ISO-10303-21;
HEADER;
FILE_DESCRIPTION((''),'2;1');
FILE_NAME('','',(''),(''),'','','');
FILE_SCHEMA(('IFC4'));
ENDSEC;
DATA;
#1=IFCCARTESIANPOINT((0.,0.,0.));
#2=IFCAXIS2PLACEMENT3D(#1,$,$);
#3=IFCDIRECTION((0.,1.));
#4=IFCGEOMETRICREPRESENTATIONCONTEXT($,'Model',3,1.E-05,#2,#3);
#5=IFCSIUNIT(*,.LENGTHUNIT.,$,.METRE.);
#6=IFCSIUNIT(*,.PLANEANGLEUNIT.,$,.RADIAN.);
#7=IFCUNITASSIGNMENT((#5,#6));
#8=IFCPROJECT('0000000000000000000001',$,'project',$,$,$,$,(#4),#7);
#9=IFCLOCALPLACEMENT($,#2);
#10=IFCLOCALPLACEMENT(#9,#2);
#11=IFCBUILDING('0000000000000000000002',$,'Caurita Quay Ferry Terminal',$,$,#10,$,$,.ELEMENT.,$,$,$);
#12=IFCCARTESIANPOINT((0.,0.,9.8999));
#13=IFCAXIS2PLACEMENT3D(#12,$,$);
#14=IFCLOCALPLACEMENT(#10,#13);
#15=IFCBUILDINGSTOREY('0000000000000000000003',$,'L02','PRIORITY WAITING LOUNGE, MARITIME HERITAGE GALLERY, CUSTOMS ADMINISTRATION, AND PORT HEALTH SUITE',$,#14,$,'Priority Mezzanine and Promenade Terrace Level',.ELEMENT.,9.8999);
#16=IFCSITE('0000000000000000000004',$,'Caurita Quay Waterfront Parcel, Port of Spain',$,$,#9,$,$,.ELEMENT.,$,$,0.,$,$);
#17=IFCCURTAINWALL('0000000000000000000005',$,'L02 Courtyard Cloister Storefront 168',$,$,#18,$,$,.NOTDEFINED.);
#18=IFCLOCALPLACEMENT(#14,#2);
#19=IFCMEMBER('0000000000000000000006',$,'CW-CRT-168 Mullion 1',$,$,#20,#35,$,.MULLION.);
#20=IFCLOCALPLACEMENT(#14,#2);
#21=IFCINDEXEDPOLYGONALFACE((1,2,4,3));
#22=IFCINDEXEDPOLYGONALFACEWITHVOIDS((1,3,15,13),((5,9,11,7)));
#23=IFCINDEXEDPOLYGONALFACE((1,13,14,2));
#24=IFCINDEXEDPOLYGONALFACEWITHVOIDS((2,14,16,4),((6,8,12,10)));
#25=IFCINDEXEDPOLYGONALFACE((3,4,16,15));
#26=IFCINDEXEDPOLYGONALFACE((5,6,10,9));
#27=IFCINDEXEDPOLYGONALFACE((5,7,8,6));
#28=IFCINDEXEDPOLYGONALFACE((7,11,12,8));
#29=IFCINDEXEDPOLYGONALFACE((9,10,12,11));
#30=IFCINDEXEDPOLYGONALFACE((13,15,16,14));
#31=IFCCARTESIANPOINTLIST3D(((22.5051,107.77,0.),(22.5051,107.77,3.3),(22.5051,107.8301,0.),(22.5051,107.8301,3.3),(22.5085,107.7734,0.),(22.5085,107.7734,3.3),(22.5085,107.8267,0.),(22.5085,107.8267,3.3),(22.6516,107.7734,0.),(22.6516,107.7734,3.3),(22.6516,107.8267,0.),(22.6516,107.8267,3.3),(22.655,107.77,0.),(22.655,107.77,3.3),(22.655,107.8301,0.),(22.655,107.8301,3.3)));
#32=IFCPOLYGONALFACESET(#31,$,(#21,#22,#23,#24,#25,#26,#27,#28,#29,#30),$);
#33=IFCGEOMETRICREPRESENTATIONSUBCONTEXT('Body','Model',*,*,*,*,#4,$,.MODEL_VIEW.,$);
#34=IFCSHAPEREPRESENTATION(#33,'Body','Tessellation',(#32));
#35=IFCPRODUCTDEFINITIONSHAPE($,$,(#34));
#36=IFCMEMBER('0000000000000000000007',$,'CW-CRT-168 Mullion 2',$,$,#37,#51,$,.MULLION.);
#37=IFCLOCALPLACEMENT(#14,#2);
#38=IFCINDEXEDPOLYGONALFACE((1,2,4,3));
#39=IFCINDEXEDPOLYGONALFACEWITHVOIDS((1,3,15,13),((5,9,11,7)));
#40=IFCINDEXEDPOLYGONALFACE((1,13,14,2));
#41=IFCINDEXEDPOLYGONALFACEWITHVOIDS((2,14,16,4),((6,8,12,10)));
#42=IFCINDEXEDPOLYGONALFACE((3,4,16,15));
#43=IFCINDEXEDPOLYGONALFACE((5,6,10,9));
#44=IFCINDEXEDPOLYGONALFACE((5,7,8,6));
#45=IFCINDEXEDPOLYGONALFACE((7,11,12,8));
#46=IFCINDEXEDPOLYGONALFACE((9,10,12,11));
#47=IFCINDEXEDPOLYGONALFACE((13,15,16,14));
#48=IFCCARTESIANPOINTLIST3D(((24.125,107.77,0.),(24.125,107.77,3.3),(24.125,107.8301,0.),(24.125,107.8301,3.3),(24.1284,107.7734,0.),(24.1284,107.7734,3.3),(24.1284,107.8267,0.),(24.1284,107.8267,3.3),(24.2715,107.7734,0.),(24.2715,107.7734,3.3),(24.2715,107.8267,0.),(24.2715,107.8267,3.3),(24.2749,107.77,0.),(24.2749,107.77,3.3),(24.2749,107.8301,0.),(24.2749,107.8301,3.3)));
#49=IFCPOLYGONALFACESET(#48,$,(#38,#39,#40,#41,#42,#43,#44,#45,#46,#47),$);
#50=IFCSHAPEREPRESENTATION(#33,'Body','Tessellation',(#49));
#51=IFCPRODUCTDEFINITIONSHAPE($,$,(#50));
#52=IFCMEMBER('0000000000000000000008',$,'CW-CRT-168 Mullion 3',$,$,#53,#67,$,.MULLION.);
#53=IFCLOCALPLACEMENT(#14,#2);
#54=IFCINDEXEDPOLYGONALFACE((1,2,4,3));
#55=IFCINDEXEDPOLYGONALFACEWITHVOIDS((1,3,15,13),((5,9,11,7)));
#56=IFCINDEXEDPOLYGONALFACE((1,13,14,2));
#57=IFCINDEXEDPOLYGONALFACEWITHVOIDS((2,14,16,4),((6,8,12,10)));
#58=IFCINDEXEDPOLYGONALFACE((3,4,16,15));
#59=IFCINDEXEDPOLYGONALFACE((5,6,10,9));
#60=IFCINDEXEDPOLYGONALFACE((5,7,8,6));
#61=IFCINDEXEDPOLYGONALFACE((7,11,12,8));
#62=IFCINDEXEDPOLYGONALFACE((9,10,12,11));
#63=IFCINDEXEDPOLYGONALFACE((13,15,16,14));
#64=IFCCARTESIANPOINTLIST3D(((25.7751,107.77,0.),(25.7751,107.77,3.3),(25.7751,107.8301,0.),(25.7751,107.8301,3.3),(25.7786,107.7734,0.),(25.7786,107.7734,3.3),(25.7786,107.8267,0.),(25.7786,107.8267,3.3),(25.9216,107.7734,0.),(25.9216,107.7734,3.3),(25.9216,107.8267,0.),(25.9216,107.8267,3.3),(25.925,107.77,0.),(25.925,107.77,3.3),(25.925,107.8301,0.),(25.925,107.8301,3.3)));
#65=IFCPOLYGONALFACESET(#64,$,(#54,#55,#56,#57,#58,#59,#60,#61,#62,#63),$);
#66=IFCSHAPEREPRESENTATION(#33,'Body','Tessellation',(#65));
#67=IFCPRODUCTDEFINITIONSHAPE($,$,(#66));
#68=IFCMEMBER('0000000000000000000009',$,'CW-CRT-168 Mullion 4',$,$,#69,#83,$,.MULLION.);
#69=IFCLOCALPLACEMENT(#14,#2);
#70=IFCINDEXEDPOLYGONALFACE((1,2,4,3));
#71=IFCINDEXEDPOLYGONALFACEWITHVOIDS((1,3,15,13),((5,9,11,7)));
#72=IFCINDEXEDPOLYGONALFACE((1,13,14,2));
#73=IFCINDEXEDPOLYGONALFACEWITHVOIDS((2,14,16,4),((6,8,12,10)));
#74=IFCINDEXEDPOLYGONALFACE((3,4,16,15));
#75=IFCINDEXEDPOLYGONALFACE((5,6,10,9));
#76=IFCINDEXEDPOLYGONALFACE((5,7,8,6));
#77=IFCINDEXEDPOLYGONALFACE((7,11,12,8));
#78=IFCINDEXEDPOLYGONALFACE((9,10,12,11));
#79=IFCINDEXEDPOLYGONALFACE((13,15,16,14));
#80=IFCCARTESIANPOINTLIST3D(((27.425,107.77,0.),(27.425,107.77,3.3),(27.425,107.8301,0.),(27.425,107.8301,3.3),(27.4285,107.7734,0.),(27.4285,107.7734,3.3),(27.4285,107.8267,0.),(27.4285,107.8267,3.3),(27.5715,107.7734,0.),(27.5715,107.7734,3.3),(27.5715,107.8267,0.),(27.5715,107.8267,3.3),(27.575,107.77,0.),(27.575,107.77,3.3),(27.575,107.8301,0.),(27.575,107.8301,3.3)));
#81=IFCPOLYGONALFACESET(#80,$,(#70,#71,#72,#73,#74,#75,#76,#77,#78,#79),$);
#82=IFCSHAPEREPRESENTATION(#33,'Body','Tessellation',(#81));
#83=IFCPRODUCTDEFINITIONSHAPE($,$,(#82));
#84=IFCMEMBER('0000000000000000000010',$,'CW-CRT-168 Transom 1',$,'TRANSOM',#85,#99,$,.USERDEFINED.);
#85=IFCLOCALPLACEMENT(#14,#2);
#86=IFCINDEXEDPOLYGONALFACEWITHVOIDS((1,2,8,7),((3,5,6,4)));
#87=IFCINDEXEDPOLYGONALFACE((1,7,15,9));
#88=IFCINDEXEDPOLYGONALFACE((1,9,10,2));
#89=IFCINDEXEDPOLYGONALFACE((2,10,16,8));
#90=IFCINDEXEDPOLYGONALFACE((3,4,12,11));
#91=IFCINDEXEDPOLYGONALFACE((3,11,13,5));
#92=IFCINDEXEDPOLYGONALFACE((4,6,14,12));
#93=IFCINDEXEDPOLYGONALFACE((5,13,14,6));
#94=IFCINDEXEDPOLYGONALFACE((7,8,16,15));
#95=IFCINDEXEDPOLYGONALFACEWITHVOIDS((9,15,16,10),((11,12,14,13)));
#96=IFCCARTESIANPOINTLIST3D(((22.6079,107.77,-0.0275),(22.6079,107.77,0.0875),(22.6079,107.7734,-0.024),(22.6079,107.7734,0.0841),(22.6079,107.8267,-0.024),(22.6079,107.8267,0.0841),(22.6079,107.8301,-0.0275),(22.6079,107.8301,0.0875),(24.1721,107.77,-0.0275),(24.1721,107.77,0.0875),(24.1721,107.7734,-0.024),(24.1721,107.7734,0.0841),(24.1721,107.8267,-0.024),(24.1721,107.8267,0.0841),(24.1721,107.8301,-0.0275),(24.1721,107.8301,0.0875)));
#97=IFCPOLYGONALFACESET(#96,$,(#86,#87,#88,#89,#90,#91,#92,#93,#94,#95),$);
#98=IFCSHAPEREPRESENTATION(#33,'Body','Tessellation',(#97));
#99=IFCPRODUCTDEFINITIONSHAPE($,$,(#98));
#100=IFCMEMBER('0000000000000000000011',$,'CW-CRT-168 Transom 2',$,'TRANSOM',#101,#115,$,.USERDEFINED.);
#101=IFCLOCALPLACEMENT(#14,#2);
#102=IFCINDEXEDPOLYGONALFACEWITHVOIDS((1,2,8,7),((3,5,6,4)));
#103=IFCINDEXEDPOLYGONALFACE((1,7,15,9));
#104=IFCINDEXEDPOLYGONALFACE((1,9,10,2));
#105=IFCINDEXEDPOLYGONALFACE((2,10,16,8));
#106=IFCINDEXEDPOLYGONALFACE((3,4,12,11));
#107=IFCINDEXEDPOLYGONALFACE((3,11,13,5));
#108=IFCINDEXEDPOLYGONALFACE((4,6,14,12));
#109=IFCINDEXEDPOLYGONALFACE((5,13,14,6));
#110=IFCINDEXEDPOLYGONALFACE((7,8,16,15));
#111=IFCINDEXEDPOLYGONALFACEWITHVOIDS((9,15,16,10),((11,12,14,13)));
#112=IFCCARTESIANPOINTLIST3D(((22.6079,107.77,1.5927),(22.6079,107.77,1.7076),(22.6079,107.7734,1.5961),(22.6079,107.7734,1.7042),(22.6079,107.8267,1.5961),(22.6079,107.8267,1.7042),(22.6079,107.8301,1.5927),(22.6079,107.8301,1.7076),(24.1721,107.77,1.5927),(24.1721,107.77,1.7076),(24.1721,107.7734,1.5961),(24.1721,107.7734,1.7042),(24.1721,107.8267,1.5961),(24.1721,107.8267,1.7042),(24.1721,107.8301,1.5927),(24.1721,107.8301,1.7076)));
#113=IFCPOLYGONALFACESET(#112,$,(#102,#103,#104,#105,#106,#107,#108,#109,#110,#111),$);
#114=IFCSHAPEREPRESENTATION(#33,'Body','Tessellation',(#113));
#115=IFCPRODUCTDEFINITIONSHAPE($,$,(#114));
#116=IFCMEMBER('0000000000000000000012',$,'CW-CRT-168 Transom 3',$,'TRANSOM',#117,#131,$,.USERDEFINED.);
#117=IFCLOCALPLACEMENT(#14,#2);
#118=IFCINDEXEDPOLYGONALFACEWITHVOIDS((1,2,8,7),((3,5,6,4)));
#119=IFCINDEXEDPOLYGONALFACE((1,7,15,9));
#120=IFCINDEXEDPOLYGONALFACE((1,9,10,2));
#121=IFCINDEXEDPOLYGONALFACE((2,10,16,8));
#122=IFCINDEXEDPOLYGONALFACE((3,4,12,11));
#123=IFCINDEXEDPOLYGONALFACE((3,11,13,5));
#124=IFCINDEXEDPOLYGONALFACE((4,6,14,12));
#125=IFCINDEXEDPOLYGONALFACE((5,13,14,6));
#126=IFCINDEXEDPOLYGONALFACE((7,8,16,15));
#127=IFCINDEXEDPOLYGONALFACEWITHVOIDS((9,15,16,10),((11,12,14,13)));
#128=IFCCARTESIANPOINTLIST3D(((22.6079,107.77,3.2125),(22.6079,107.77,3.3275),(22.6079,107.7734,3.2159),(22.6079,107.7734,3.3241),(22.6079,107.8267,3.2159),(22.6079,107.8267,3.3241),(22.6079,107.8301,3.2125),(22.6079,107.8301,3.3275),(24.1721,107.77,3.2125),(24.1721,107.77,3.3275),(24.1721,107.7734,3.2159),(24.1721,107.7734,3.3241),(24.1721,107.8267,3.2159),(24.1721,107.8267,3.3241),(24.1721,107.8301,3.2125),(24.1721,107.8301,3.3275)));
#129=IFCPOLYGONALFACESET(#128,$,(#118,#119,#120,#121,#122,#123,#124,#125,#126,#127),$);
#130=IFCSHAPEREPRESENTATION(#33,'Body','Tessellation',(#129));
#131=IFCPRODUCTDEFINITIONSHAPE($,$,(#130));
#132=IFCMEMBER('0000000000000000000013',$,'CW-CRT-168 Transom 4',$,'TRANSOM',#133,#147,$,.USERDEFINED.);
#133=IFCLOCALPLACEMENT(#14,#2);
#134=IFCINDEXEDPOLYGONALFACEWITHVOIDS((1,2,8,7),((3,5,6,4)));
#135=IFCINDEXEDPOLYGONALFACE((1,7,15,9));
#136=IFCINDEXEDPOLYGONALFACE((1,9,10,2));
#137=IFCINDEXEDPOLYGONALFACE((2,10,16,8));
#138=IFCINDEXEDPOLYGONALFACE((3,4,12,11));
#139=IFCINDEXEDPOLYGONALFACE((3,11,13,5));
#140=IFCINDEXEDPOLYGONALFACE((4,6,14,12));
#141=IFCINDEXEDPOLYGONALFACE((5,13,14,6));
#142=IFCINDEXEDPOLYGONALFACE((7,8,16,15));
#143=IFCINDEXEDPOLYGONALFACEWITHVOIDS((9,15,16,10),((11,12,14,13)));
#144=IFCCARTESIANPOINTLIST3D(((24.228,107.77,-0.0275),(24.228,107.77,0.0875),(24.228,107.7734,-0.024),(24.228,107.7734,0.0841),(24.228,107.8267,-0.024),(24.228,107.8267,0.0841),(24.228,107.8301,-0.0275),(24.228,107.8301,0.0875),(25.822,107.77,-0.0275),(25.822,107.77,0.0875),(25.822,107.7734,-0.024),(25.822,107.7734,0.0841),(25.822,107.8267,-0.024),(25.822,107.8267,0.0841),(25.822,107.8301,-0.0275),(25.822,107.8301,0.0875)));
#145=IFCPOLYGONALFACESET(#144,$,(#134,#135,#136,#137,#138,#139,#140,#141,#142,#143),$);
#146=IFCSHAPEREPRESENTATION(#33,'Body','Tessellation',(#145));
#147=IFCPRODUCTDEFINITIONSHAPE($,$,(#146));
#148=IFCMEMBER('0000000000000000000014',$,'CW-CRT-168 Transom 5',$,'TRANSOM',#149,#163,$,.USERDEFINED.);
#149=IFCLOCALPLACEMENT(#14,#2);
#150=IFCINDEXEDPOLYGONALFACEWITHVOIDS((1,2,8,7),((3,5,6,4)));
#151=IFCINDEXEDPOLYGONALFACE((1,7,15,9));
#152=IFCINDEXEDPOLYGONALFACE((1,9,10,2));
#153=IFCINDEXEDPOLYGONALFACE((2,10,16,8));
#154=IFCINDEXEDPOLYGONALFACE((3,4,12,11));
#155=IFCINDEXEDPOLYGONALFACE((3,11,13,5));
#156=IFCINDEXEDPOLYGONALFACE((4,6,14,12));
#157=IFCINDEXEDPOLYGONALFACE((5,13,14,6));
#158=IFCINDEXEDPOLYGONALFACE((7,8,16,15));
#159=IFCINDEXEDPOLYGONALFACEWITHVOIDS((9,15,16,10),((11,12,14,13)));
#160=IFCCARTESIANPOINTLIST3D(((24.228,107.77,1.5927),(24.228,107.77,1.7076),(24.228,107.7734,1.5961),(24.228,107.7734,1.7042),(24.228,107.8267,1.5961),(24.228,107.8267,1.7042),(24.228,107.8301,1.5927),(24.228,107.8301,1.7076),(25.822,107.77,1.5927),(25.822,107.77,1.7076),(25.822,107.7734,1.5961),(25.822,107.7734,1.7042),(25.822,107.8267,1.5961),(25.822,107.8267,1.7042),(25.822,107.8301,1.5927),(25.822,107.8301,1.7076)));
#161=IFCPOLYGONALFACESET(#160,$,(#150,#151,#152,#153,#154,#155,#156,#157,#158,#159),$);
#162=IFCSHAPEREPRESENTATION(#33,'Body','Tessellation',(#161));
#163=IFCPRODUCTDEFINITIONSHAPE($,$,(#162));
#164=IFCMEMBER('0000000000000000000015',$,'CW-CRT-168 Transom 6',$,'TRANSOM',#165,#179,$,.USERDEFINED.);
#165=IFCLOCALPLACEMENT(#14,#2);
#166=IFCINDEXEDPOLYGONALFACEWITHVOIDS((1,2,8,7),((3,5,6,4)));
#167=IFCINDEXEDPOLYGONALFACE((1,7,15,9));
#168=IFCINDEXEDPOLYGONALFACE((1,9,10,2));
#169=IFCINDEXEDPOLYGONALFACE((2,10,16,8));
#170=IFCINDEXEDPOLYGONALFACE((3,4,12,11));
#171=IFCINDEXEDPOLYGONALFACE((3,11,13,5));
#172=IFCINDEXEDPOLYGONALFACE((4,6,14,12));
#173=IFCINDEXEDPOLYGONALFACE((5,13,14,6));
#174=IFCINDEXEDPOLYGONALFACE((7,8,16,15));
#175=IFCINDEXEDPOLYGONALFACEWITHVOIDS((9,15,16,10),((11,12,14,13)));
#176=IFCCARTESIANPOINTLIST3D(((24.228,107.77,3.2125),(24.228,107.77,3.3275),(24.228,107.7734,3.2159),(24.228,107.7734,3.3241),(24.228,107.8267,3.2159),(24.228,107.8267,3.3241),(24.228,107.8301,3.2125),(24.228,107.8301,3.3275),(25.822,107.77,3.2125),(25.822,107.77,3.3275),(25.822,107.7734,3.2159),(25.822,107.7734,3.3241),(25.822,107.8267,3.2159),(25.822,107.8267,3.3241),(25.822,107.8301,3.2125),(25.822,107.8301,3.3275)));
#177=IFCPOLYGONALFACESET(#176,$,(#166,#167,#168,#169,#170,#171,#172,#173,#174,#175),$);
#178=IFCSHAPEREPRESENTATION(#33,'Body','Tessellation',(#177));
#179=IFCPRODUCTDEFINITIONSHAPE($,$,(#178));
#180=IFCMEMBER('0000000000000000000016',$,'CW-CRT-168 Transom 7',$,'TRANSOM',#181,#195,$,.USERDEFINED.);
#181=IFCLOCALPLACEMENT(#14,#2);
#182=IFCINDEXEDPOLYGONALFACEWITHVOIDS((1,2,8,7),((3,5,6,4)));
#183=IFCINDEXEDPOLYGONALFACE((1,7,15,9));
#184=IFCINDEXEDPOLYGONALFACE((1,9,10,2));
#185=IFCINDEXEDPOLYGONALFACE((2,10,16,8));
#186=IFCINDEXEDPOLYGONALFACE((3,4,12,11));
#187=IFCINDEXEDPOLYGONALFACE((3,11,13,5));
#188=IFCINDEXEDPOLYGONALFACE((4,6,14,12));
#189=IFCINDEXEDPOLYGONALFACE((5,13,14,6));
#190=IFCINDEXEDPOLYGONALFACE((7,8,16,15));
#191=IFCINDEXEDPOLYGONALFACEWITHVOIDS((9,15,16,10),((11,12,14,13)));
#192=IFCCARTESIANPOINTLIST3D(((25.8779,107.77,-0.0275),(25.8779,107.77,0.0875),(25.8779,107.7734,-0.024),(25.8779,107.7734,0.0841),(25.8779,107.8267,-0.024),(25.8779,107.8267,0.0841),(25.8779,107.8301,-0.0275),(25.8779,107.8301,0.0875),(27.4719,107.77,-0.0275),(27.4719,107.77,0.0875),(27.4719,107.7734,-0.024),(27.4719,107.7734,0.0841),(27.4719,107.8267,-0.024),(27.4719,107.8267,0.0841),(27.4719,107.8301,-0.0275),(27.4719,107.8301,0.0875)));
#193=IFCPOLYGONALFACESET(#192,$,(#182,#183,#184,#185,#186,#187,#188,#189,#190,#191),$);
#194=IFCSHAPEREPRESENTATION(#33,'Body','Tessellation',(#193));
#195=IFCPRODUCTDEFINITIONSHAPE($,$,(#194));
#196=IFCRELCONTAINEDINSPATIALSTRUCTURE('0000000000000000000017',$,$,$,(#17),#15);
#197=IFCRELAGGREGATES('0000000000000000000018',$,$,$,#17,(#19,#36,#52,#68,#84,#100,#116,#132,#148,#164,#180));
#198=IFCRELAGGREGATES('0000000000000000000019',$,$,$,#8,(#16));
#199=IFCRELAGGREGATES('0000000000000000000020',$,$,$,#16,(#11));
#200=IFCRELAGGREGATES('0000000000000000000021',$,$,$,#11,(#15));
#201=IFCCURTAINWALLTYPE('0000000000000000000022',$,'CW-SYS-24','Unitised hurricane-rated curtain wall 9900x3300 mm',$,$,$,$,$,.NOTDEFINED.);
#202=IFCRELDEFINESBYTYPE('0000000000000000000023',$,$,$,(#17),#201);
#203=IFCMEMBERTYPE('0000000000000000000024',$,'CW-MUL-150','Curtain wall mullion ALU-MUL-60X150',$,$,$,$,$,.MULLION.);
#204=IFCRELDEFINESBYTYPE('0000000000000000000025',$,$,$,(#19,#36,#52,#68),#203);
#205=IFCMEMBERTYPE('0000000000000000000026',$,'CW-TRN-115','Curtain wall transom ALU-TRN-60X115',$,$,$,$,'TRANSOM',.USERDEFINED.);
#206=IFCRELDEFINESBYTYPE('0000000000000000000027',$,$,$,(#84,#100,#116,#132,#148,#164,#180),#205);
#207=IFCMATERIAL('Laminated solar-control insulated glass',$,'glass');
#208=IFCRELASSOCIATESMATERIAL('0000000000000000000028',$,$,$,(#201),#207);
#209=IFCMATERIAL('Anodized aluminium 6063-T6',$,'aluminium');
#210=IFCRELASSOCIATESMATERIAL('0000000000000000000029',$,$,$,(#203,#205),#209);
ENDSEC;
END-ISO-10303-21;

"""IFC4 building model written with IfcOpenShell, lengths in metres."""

from ifc_helpers import new_model, si_unit, direction, frame, origin, origin_2d, place, context, subcontext, project, spatial, hollow_rectangle, extrude, material, material_profile, profile_set, type_object, element, aggregate, save


model = new_model("IFC4")

# Units and contexts
model_context = context("Model", 3, precision=1e-05, world=origin(), true_north=direction((0.0, 1.0)))
body_context = subcontext(model_context, "Body", "Model", "MODEL_VIEW")
ifc_project = project(units=[si_unit("LENGTHUNIT", "METRE"), si_unit("PLANEANGLEUNIT", "RADIAN")], contexts=[model_context])

# Site, building, storey
site_placement = place(None, origin())
site = spatial("IfcSite", under=ifc_project, at=site_placement, Name="Caurita Quay Waterfront Parcel, Port of Spain", CompositionType="ELEMENT", RefElevation=0.0)
building_placement = place(site_placement, origin())
building = spatial("IfcBuilding", under=site, at=building_placement, Name="Caurita Quay Ferry Terminal", CompositionType="ELEMENT")
storey_placement = place(building_placement, frame((0.0, 0.0, 9.8999)))
storey = spatial("IfcBuildingStorey", under=building, at=storey_placement, Name="L02", Description="PRIORITY WAITING LOUNGE, MARITIME HERITAGE GALLERY, CUSTOMS ADMINISTRATION, AND PORT HEALTH SUITE", LongName="Priority Mezzanine and Promenade Terrace Level", CompositionType="ELEMENT", Elevation=9.8999)

# Curtain wall, members
ifc_material_1 = material(Name="Laminated solar-control insulated glass", Category="glass")
curtain_wall_type = type_object("IfcCurtainWallType", Name="CW-SYS-24", Description="Unitised hurricane-rated curtain wall 9900x3300 mm", PredefinedType="NOTDEFINED", material=ifc_material_1)
curtain_wall_placement = place(storey_placement, origin())
curtain_wall = element("IfcCurtainWall", 1, at=curtain_wall_placement, inside=storey, type_object=curtain_wall_type, Name="L02 Courtyard Cloister Storefront 168", PredefinedType="NOTDEFINED")
ifc_material_2 = material(Name="Anodized aluminium 6063-T6", Category="aluminium")
ifc_material_profile_1 = material_profile(ifc_material_2, hollow_rectangle(XDim=0.0601, YDim=0.1499, WallThickness=0.0034, at=origin_2d()), Name="ALU-MUL-60X150")
ifc_profile_set_1 = profile_set([ifc_material_profile_1], Name="Anodized aluminium 6063-T6")
member_type_1 = type_object("IfcMemberType", Name="CW-MUL-150", Description="Curtain wall mullion ALU-MUL-60X150", PredefinedType="MULLION", material=ifc_profile_set_1)
member_1_placement = place(storey_placement, frame((22.5801, 107.8, 0.0), z_axis=(0.0, 0.0, 1.0), x_axis=(0.0, 1.0, 0.0)))
member_1 = element("IfcMember", 2, at=member_1_placement, type_object=member_type_1, Name="CW-CRT-168 Mullion 1", PredefinedType="MULLION", context=body_context, shape_type="SweptSolid", body=[
    extrude(hollow_rectangle(XDim=0.0601, YDim=0.1499, WallThickness=0.0034, at=origin_2d()), origin(), (0.0, 0.0, 1.0), 3.3),
])
member_2_placement = place(storey_placement, frame((24.2, 107.8, 0.0), z_axis=(0.0, 0.0, 1.0), x_axis=(0.0, 1.0, 0.0)))
member_2 = element("IfcMember", 3, at=member_2_placement, type_object=member_type_1, Name="CW-CRT-168 Mullion 2", PredefinedType="MULLION", context=body_context, shape_type="SweptSolid", body=[
    extrude(hollow_rectangle(XDim=0.0601, YDim=0.1499, WallThickness=0.0034, at=origin_2d()), origin(), (0.0, 0.0, 1.0), 3.3),
])
member_3_placement = place(storey_placement, frame((25.8501, 107.8, 0.0), z_axis=(0.0, 0.0, 1.0), x_axis=(0.0, 1.0, 0.0)))
member_3 = element("IfcMember", 4, at=member_3_placement, type_object=member_type_1, Name="CW-CRT-168 Mullion 3", PredefinedType="MULLION", context=body_context, shape_type="SweptSolid", body=[
    extrude(hollow_rectangle(XDim=0.0601, YDim=0.1499, WallThickness=0.0034, at=origin_2d()), origin(), (0.0, 0.0, 1.0), 3.3),
])
member_4_placement = place(storey_placement, frame((27.5, 107.8, 0.0), z_axis=(0.0, 0.0, 1.0), x_axis=(0.0, 1.0, 0.0)))
member_4 = element("IfcMember", 5, at=member_4_placement, type_object=member_type_1, Name="CW-CRT-168 Mullion 4", PredefinedType="MULLION", context=body_context, shape_type="SweptSolid", body=[
    extrude(hollow_rectangle(XDim=0.0601, YDim=0.1499, WallThickness=0.0034, at=origin_2d()), origin(), (0.0, 0.0, 1.0), 3.3),
])
ifc_material_profile_2 = material_profile(ifc_material_2, hollow_rectangle(XDim=0.0601, YDim=0.115, WallThickness=0.0034, at=origin_2d()), Name="ALU-TRN-60X115")
ifc_profile_set_2 = profile_set([ifc_material_profile_2], Name="Anodized aluminium 6063-T6")
member_type_2 = type_object("IfcMemberType", Name="CW-TRN-115", Description="Curtain wall transom ALU-TRN-60X115", ElementType="TRANSOM", PredefinedType="USERDEFINED", material=ifc_profile_set_2)
member_5_placement = place(storey_placement, frame((22.6079, 107.8, 0.03), z_axis=(1.0, 0.0, 0.0), x_axis=(0.0, 1.0, 0.0)))
member_5 = element("IfcMember", 6, at=member_5_placement, type_object=member_type_2, Name="CW-CRT-168 Transom 1", ObjectType="TRANSOM", PredefinedType="USERDEFINED", context=body_context, shape_type="SweptSolid", body=[
    extrude(hollow_rectangle(XDim=0.0601, YDim=0.115, WallThickness=0.0034, at=origin_2d()), origin(), (0.0, 0.0, 1.0), 1.5642),
])
member_6_placement = place(storey_placement, frame((22.6079, 107.8, 1.6501), z_axis=(1.0, 0.0, 0.0), x_axis=(0.0, 1.0, 0.0)))
member_6 = element("IfcMember", 7, at=member_6_placement, type_object=member_type_2, Name="CW-CRT-168 Transom 2", ObjectType="TRANSOM", PredefinedType="USERDEFINED", context=body_context, shape_type="SweptSolid", body=[
    extrude(hollow_rectangle(XDim=0.0601, YDim=0.115, WallThickness=0.0034, at=origin_2d()), origin(), (0.0, 0.0, 1.0), 1.5642),
])
member_7_placement = place(storey_placement, frame((22.6079, 107.8, 3.27), z_axis=(1.0, 0.0, 0.0), x_axis=(0.0, 1.0, 0.0)))
member_7 = element("IfcMember", 8, at=member_7_placement, type_object=member_type_2, Name="CW-CRT-168 Transom 3", ObjectType="TRANSOM", PredefinedType="USERDEFINED", context=body_context, shape_type="SweptSolid", body=[
    extrude(hollow_rectangle(XDim=0.0601, YDim=0.115, WallThickness=0.0034, at=origin_2d()), origin(), (0.0, 0.0, 1.0), 1.5642),
])
member_8_placement = place(storey_placement, frame((24.228, 107.8, 0.03), z_axis=(1.0, 0.0, 0.0), x_axis=(0.0, 1.0, 0.0)))
member_8 = element("IfcMember", 9, at=member_8_placement, type_object=member_type_2, Name="CW-CRT-168 Transom 4", ObjectType="TRANSOM", PredefinedType="USERDEFINED", context=body_context, shape_type="SweptSolid", body=[
    extrude(hollow_rectangle(XDim=0.0601, YDim=0.115, WallThickness=0.0034, at=origin_2d()), origin(), (0.0, 0.0, 1.0), 1.594),
])
member_9_placement = place(storey_placement, frame((24.228, 107.8, 1.6501), z_axis=(1.0, 0.0, 0.0), x_axis=(0.0, 1.0, 0.0)))
member_9 = element("IfcMember", 10, at=member_9_placement, type_object=member_type_2, Name="CW-CRT-168 Transom 5", ObjectType="TRANSOM", PredefinedType="USERDEFINED", context=body_context, shape_type="SweptSolid", body=[
    extrude(hollow_rectangle(XDim=0.0601, YDim=0.115, WallThickness=0.0034, at=origin_2d()), origin(), (0.0, 0.0, 1.0), 1.594),
])
member_10_placement = place(storey_placement, frame((24.228, 107.8, 3.27), z_axis=(1.0, 0.0, 0.0), x_axis=(0.0, 1.0, 0.0)))
member_10 = element("IfcMember", 11, at=member_10_placement, type_object=member_type_2, Name="CW-CRT-168 Transom 6", ObjectType="TRANSOM", PredefinedType="USERDEFINED", context=body_context, shape_type="SweptSolid", body=[
    extrude(hollow_rectangle(XDim=0.0601, YDim=0.115, WallThickness=0.0034, at=origin_2d()), origin(), (0.0, 0.0, 1.0), 1.594),
])
member_11_placement = place(storey_placement, frame((25.8779, 107.8, 0.03), z_axis=(1.0, 0.0, 0.0), x_axis=(0.0, 1.0, 0.0)))
member_11 = element("IfcMember", 12, at=member_11_placement, type_object=member_type_2, Name="CW-CRT-168 Transom 7", ObjectType="TRANSOM", PredefinedType="USERDEFINED", context=body_context, shape_type="SweptSolid", body=[
    extrude(hollow_rectangle(XDim=0.0601, YDim=0.115, WallThickness=0.0034, at=origin_2d()), origin(), (0.0, 0.0, 1.0), 1.594),
])
aggregate(curtain_wall, [member_1, member_2, member_3, member_4, member_5, member_6, member_7, member_8, member_9, member_10, member_11])

save(model, "model.ifc")
